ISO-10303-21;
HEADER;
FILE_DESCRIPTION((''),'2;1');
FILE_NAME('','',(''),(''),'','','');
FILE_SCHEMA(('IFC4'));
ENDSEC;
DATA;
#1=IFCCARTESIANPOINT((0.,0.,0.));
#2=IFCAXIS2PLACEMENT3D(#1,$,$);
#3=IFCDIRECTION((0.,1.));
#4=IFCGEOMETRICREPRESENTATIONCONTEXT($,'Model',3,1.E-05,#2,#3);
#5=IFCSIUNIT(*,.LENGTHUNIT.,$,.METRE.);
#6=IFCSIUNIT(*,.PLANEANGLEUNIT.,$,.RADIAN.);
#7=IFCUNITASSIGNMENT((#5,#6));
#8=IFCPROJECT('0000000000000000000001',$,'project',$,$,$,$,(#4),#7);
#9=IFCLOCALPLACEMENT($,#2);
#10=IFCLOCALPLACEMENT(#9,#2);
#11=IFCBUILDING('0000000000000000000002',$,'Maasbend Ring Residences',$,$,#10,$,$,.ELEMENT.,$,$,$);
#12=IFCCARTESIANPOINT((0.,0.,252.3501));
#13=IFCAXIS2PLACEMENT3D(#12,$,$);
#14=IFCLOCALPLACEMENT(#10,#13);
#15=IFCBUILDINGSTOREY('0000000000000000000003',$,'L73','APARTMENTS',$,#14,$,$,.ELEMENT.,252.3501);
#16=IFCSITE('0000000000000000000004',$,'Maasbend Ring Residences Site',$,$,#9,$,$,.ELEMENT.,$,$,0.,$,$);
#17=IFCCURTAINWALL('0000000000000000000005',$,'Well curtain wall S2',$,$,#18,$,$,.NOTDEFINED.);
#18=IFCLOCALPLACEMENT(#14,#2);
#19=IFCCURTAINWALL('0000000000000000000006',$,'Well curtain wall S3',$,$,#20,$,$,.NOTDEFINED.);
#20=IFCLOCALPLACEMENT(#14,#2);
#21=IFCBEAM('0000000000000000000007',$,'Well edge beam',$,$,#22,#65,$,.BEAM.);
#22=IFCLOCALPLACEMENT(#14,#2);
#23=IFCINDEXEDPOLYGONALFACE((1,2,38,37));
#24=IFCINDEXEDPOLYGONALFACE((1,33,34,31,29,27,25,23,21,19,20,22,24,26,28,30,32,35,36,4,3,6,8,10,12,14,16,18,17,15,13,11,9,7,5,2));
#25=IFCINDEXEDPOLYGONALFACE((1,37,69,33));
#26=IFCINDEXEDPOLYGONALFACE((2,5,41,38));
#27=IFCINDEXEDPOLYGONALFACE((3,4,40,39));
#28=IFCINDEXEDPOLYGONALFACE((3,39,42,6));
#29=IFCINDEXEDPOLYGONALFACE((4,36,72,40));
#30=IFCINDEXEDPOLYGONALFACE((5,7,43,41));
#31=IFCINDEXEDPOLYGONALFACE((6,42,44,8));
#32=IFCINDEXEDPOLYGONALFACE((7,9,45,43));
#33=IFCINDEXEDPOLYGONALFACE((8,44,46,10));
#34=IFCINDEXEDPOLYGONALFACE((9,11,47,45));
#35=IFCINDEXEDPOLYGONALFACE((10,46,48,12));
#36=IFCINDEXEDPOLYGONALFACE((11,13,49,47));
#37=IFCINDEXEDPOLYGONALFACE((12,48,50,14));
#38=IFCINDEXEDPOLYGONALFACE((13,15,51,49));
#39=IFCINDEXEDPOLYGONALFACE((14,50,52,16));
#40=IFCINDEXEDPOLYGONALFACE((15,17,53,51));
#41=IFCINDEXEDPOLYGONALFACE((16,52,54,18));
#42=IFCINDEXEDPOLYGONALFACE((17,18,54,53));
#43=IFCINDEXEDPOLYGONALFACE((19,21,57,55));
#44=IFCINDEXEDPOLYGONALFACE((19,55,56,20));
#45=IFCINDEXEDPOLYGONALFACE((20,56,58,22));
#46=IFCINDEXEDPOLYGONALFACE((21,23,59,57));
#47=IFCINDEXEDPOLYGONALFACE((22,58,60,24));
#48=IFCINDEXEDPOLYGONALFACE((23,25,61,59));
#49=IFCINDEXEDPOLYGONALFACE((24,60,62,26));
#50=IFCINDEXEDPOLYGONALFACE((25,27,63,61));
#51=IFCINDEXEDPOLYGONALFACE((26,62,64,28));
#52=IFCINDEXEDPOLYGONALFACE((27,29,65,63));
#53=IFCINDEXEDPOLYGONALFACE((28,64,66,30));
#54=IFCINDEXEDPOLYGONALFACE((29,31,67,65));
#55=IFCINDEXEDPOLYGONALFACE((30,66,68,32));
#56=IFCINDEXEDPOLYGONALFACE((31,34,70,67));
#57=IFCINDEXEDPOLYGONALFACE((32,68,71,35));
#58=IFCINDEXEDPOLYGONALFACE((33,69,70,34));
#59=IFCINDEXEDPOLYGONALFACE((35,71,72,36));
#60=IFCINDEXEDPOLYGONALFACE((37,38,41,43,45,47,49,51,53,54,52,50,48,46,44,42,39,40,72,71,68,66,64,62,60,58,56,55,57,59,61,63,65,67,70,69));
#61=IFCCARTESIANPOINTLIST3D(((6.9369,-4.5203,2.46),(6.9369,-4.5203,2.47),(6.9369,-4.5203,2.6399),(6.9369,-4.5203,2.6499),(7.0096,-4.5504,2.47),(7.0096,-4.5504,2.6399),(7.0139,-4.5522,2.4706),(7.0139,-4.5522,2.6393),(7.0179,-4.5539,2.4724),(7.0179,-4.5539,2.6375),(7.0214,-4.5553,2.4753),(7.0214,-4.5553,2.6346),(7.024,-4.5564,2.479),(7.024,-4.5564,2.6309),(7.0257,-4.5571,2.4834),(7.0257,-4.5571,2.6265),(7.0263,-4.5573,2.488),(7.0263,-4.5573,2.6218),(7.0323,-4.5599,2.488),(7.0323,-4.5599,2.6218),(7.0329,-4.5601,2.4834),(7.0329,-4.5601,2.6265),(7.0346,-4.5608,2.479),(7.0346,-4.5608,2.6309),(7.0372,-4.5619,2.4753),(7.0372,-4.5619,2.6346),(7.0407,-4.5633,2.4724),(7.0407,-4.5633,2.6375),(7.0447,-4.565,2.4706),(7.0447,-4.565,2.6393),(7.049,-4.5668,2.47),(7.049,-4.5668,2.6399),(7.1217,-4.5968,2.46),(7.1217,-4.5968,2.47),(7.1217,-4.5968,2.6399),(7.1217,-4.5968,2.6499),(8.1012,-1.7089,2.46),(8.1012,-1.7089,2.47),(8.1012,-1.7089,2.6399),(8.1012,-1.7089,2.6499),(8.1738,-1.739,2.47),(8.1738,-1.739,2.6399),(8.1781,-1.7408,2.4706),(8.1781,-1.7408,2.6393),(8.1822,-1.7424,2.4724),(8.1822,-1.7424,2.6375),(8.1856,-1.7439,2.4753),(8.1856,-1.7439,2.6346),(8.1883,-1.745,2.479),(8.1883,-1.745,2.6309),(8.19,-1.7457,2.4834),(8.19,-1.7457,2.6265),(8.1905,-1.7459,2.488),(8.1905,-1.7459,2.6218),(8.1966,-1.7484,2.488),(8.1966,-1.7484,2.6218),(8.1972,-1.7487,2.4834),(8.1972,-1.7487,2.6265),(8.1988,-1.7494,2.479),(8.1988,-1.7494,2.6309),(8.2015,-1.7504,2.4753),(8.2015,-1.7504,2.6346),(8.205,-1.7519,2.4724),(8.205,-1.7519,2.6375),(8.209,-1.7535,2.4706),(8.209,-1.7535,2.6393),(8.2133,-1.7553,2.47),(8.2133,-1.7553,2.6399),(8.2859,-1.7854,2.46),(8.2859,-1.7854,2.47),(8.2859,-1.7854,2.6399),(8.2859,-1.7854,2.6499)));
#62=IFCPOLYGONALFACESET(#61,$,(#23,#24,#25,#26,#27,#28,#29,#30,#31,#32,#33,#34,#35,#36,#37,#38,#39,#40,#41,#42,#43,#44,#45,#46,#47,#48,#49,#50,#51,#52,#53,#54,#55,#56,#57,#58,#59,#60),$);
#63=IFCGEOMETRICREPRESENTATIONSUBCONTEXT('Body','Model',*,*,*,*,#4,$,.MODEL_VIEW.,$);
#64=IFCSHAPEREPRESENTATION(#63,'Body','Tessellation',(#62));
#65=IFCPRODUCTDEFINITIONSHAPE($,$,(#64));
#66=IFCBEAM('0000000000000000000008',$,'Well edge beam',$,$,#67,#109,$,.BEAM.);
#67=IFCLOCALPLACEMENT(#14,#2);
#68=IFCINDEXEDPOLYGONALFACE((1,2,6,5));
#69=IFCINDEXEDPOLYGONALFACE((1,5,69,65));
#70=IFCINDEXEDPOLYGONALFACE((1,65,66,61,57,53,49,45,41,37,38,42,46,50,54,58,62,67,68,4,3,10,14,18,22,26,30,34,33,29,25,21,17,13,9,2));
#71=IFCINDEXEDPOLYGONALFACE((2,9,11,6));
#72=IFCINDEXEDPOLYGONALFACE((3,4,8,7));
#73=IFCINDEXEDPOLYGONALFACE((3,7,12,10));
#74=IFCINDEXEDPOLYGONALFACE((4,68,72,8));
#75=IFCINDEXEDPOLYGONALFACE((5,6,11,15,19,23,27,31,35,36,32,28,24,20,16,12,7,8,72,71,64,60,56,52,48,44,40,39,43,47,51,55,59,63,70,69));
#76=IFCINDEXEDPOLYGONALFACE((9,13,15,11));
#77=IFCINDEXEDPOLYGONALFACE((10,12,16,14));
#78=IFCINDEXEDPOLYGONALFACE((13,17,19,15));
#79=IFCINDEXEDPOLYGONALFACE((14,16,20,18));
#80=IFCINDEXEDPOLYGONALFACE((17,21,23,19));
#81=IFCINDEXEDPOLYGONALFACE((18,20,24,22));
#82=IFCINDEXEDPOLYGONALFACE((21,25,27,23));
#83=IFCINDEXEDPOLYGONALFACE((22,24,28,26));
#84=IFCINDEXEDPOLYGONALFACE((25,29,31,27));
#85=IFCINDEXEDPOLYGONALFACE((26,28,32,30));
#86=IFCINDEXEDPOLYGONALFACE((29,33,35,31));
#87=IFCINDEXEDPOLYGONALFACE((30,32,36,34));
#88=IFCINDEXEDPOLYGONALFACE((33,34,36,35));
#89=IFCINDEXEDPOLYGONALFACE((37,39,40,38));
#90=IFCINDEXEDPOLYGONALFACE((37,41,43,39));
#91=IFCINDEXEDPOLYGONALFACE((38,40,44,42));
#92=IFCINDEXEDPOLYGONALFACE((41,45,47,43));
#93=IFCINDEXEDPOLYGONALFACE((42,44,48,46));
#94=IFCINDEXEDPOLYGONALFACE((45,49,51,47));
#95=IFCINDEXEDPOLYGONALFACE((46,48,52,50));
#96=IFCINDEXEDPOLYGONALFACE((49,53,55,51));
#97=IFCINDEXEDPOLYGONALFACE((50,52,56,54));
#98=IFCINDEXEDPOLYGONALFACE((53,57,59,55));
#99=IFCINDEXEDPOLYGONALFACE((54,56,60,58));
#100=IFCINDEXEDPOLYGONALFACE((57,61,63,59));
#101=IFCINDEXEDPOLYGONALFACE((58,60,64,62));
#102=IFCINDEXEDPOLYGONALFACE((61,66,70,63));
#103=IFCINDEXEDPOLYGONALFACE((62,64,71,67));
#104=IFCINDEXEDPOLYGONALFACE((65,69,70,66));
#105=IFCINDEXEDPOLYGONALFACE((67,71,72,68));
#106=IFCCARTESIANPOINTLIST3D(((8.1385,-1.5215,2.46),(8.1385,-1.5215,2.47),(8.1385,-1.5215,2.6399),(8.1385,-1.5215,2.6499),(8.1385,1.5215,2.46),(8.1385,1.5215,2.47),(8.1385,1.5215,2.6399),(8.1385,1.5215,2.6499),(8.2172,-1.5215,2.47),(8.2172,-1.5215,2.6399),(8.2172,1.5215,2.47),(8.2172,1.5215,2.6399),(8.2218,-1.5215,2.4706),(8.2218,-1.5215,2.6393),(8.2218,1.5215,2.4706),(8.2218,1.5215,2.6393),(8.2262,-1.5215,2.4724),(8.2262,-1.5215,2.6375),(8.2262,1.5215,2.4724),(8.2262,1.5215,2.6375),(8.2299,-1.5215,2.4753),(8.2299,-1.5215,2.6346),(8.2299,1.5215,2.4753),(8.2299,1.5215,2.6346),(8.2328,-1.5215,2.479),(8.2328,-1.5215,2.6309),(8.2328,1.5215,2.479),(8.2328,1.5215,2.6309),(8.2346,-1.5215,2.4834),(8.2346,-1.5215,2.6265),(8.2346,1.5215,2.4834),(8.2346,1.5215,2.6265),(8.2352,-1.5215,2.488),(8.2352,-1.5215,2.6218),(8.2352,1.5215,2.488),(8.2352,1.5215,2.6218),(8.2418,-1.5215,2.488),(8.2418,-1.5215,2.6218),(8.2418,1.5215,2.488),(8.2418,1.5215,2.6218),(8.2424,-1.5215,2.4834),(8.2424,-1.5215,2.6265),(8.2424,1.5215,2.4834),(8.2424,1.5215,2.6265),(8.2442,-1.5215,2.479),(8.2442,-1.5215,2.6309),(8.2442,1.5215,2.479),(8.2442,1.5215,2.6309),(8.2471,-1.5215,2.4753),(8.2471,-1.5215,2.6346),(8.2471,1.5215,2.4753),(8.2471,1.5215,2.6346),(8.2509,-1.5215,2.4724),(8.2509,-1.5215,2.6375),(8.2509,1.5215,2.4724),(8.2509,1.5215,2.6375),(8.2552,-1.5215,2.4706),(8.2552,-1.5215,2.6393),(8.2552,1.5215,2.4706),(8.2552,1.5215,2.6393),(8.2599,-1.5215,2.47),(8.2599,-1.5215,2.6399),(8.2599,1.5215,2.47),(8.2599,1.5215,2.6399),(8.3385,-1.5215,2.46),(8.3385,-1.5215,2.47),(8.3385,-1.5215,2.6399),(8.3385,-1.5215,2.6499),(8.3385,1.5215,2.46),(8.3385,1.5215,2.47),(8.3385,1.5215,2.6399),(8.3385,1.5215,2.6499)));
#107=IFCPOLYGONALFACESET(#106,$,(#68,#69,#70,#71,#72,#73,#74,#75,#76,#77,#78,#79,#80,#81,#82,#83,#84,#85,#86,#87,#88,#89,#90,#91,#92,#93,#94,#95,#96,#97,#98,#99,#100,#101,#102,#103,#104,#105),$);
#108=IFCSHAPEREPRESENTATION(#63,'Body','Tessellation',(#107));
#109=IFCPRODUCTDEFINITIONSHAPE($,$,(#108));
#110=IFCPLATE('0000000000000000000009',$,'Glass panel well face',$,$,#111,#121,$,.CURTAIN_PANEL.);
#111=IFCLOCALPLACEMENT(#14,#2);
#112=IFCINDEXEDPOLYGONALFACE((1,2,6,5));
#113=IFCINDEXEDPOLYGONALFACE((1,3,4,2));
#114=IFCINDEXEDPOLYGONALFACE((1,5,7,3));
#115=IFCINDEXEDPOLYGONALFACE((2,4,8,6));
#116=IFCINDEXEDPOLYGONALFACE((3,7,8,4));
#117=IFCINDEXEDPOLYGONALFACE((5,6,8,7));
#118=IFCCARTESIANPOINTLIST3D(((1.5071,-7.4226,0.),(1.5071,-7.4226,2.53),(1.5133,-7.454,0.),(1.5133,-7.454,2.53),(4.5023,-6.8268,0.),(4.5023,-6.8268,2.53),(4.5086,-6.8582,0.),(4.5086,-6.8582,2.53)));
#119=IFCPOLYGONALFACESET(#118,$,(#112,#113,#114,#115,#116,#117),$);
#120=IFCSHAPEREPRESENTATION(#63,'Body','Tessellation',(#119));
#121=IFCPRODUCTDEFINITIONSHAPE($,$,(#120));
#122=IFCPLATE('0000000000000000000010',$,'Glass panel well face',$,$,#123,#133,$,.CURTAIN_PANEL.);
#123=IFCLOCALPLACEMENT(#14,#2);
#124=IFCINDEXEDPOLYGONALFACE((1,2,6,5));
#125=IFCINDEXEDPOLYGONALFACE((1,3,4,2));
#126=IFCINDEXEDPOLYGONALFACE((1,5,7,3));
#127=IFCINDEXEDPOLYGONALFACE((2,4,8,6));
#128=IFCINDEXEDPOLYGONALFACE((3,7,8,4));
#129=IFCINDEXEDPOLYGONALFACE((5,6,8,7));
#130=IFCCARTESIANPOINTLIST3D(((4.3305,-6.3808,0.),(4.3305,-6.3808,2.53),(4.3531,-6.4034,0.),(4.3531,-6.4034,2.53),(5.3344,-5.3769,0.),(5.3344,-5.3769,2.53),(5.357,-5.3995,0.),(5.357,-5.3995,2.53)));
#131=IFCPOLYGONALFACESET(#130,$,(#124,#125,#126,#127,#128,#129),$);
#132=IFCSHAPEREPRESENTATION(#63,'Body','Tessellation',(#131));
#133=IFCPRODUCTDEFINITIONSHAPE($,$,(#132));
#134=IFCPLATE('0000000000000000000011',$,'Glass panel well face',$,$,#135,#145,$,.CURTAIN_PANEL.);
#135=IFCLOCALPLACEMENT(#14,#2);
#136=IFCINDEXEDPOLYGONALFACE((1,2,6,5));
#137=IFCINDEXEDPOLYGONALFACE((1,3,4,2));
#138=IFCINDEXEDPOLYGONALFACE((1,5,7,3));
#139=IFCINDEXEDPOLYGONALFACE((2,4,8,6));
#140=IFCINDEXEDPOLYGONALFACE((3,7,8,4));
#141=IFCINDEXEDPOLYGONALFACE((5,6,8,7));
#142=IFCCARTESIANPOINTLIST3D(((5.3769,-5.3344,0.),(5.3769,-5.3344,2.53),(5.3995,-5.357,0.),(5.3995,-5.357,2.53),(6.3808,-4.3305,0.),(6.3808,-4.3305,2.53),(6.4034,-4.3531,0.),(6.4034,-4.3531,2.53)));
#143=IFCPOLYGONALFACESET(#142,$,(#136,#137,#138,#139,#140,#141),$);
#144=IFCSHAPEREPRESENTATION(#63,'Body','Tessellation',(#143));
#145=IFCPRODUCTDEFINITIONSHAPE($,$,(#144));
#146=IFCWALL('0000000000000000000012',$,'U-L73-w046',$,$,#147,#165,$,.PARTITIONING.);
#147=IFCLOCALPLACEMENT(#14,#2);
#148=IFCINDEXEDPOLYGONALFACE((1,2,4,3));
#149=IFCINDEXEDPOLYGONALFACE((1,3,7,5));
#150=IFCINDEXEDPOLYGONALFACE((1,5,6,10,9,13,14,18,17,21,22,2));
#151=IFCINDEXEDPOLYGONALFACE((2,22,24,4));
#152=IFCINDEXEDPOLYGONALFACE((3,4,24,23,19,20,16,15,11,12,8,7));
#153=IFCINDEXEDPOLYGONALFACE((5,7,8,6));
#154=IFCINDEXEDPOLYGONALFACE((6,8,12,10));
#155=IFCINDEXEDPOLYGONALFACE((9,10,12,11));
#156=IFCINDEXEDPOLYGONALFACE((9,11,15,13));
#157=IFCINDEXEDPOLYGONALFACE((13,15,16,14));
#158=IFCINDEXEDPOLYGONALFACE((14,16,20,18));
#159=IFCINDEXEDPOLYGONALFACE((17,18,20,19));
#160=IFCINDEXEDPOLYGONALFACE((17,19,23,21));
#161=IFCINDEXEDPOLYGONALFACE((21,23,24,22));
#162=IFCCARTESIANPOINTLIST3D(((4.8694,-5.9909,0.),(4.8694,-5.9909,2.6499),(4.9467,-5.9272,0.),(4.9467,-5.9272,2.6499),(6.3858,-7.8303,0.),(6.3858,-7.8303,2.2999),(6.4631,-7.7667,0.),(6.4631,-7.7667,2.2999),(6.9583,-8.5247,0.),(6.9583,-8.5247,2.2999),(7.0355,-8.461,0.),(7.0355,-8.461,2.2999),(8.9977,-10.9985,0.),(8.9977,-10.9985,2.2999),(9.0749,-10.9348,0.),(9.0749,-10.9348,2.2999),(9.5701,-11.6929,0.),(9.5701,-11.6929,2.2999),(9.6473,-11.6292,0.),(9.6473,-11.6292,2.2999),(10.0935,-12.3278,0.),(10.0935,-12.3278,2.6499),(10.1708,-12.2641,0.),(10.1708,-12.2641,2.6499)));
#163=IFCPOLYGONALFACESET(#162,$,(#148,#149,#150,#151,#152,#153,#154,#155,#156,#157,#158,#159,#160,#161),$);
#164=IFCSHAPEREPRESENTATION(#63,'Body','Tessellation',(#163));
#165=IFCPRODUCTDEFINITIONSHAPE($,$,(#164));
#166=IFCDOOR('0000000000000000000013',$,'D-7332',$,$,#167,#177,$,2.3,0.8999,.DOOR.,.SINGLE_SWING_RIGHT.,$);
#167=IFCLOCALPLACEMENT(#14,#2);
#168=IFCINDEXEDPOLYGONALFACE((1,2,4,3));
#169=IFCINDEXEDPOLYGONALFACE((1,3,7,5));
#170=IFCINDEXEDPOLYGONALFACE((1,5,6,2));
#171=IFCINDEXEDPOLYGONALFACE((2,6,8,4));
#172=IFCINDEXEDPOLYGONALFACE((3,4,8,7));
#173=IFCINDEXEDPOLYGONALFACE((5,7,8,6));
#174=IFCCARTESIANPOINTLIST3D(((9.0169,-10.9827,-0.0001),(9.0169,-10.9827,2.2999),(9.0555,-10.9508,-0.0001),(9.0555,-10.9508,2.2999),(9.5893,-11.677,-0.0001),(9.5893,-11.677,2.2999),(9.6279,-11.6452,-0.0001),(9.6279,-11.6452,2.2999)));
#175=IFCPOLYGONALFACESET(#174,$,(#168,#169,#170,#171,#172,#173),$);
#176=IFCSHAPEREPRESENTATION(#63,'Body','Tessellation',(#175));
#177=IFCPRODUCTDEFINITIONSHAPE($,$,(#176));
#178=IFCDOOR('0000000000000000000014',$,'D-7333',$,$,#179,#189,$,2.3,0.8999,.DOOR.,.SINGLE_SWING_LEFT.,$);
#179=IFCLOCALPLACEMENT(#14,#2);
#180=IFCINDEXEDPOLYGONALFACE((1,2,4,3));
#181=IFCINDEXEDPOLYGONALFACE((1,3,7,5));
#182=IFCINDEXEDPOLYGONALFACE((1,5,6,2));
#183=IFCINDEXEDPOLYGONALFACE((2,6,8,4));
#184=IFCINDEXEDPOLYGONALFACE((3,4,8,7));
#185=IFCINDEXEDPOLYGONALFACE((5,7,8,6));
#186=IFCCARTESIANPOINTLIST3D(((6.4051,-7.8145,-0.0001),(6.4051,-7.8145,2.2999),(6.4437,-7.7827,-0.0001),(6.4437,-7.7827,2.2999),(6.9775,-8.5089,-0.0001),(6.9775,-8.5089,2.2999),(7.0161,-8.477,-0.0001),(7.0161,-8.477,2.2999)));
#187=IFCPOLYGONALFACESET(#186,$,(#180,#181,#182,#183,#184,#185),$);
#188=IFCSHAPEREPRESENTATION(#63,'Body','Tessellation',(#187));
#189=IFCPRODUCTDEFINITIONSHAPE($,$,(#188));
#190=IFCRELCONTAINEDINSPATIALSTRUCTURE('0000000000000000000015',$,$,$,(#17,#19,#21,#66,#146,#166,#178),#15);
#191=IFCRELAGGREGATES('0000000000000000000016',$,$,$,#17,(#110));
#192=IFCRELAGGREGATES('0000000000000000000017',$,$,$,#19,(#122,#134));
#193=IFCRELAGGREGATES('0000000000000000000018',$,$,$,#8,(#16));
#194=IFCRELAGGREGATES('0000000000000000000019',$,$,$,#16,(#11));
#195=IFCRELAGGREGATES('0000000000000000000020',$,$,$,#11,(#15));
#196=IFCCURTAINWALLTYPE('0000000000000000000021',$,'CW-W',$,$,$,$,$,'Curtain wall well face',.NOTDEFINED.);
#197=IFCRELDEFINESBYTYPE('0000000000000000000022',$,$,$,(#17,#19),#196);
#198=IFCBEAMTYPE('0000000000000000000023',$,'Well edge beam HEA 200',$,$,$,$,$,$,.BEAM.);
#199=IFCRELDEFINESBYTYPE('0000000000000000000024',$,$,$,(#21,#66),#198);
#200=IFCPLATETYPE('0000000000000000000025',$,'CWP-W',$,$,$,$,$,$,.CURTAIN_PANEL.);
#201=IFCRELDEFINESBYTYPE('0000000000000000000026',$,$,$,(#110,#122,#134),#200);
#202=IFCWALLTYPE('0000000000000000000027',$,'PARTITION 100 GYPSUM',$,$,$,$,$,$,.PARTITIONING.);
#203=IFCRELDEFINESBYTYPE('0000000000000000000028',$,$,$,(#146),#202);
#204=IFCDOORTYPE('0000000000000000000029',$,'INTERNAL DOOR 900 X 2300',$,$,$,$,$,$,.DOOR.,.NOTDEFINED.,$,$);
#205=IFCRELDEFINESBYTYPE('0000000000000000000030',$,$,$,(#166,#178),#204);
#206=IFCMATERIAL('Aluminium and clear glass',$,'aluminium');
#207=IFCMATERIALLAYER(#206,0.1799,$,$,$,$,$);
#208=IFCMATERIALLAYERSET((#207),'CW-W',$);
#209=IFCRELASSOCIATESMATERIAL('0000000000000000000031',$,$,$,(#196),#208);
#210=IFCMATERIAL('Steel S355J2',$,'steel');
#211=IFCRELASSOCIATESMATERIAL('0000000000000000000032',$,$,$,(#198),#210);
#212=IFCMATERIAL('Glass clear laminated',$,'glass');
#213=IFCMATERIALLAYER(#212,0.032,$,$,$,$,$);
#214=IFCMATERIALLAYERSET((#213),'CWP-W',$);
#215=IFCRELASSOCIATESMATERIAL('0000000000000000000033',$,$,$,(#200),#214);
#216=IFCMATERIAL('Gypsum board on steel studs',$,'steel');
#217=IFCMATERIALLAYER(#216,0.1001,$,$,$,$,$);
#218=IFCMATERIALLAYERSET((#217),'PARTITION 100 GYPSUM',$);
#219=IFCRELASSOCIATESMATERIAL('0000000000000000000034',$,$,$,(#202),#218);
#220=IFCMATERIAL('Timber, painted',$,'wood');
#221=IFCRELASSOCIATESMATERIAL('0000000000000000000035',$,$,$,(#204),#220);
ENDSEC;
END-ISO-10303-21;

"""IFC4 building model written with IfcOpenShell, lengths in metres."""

from ifc_helpers import new_model, si_unit, direction, frame, frame_2d, origin, origin_2d, place, context, subcontext, project, spatial, rectangle, i_section, extrude, material, layer, layer_set, material_profile, profile_set, type_object, element, fill, aggregate, save


model = new_model("IFC4")

# Units and contexts
model_context = context("Model", 3, precision=1e-05, world=origin(), true_north=direction((0.0, 1.0)))
body_context = subcontext(model_context, "Body", "Model", "MODEL_VIEW")
ifc_project = project(units=[si_unit("LENGTHUNIT", "METRE"), si_unit("PLANEANGLEUNIT", "RADIAN")], contexts=[model_context])

# Site, building, storey
site_placement = place(None, origin())
site = spatial("IfcSite", under=ifc_project, at=site_placement, Name="Maasbend Ring Residences Site", CompositionType="ELEMENT", RefElevation=0.0)
building_placement = place(site_placement, origin())
building = spatial("IfcBuilding", under=site, at=building_placement, Name="Maasbend Ring Residences", CompositionType="ELEMENT")
storey_placement = place(building_placement, frame((0.0, 0.0, 252.3501)))
storey = spatial("IfcBuildingStorey", under=building, at=storey_placement, Name="L73", Description="APARTMENTS", CompositionType="ELEMENT", Elevation=252.3501)

# Curtain wall
ifc_material_1 = material(Name="Aluminium and clear glass", Category="aluminium")
ifc_layer_1 = layer(ifc_material_1, 0.1799)
ifc_layer_set_1 = layer_set([ifc_layer_1], Name="CW-W")
curtain_wall_type = type_object("IfcCurtainWallType", Name="CW-W", ElementType="Curtain wall well face", PredefinedType="NOTDEFINED", material=ifc_layer_set_1)
curtain_wall_1_placement = place(storey_placement, origin())
curtain_wall_1 = element("IfcCurtainWall", 1, at=curtain_wall_1_placement, inside=storey, type_object=curtain_wall_type, Name="Well curtain wall S2", PredefinedType="NOTDEFINED")

# Curtain wall
curtain_wall_2_placement = place(storey_placement, origin())
curtain_wall_2 = element("IfcCurtainWall", 2, at=curtain_wall_2_placement, inside=storey, type_object=curtain_wall_type, Name="Well curtain wall S3", PredefinedType="NOTDEFINED")

# Beams
ifc_material_2 = material(Name="Steel S355J2", Category="steel")
ifc_material_profile_1 = material_profile(ifc_material_2, i_section(OverallWidth=0.2, OverallDepth=0.1899, WebThickness=0.0066, FlangeThickness=0.01, FilletRadius=0.0181, at=origin_2d()), Name="HEA 200")
ifc_profile_set_1 = profile_set([ifc_material_profile_1], Name="Steel S355J2")
beam_type = type_object("IfcBeamType", Name="Well edge beam HEA 200", PredefinedType="BEAM", material=ifc_profile_set_1)
for number, where, z_axis, x_axis, name in (
    (3, (7.0293, -4.5586, 2.5549), (0.382609, 0.92391, 0.0), (-0.92391, 0.382609, 0.0), "Well edge beam"),
    (4, (8.2385, -1.5215, 2.5549), (0.0, 1.0, 0.0), (-1.0, 0.0, 0.0), "Well edge beam"),
):
    element("IfcBeam", number, at=place(storey_placement, frame(where, z_axis=z_axis, x_axis=x_axis)), inside=storey, type_object=beam_type, Name=name, PredefinedType="BEAM", context=body_context, shape_type="SweptSolid", body=[
        extrude(i_section(OverallWidth=0.2, OverallDepth=0.1899, WebThickness=0.0066, FlangeThickness=0.01, FilletRadius=0.0181, at=origin_2d()), origin(), (0.0, 0.0, 1.0), 3.043),
    ])

# Plates
ifc_material_3 = material(Name="Glass clear laminated", Category="glass")
ifc_layer_2 = layer(ifc_material_3, 0.032)
ifc_layer_set_2 = layer_set([ifc_layer_2], Name="CWP-W")
plate_type = type_object("IfcPlateType", Name="CWP-W", PredefinedType="CURTAIN_PANEL", material=ifc_layer_set_2)
plate_1_placement = place(storey_placement, frame((3.0078, -7.1404, 0.0), z_axis=(0.0, 0.0, 1.0), x_axis=(0.980785, 0.19509, 0.0)))
plate_1 = element("IfcPlate", 5, at=plate_1_placement, type_object=plate_type, Name="Glass panel well face", PredefinedType="CURTAIN_PANEL", context=body_context, shape_type="SweptSolid", body=[
    extrude(rectangle(XDim=3.054, YDim=0.032, at=origin_2d()), origin(), (0.0, 0.0, 1.0), 2.53),
])
aggregate(curtain_wall_1, [plate_1])
plate_2_placement = place(storey_placement, frame((4.8438, -5.8901, 0.0), z_axis=(0.0, 0.0, 1.0), x_axis=(0.707107, 0.707107, 0.0)))
plate_2 = element("IfcPlate", 6, at=plate_2_placement, type_object=plate_type, Name="Glass panel well face", PredefinedType="CURTAIN_PANEL", context=body_context, shape_type="SweptSolid", body=[
    extrude(rectangle(XDim=1.4197, YDim=0.032, at=origin_2d()), origin(), (0.0, 0.0, 1.0), 2.53),
])
plate_3_placement = place(storey_placement, frame((5.8901, -4.8438, 0.0), z_axis=(0.0, 0.0, 1.0), x_axis=(0.707107, 0.707107, 0.0)))
plate_3 = element("IfcPlate", 7, at=plate_3_placement, type_object=plate_type, Name="Glass panel well face", PredefinedType="CURTAIN_PANEL", context=body_context, shape_type="SweptSolid", body=[
    extrude(rectangle(XDim=1.4197, YDim=0.032, at=origin_2d()), origin(), (0.0, 0.0, 1.0), 2.53),
])
aggregate(curtain_wall_2, [plate_2, plate_3])

# Wall, openings, doors
ifc_material_4 = material(Name="Gypsum board on steel studs", Category="steel")
ifc_layer_3 = layer(ifc_material_4, 0.1001)
ifc_layer_set_3 = layer_set([ifc_layer_3], Name="PARTITION 100 GYPSUM")
wall_type_1 = type_object("IfcWallType", Name="PARTITION 100 GYPSUM", PredefinedType="PARTITIONING", material=ifc_layer_set_3)
wall_1_placement = place(storey_placement, frame((4.908, -5.959, 0.0), z_axis=(0.0, 0.0, 1.0), x_axis=(0.636105, -0.771602, 0.0)))
wall_1 = element("IfcWall", 8, at=wall_1_placement, inside=storey, type_object=wall_type_1, Name="U-L73-w046", PredefinedType="PARTITIONING", context=body_context, shape_type="SweptSolid", body=[
    extrude(rectangle(XDim=8.2126, YDim=0.1001, at=frame_2d((4.1064, 0.0))), origin(), (0.0, 0.0, 1.0), 2.6499),
])
opening_1_placement = place(wall_1_placement, frame((6.49, 0.0, 0.0)))
opening_1 = element("IfcOpeningElement", 9, at=opening_1_placement, cuts=wall_1, PredefinedType="OPENING", context=body_context, shape_type="SweptSolid", body=[
    extrude(rectangle(XDim=0.8999, YDim=2.3, at=frame_2d((0.45, 1.1499))), frame((0.0, 0.0601, 0.0), z_axis=(0.0, -1.0, 0.0), x_axis=(1.0, 0.0, 0.0)), (0.0, 0.0, 1.0), 0.1201),
])
opening_2_placement = place(wall_1_placement, frame((2.384, 0.0, 0.0)))
opening_2 = element("IfcOpeningElement", 10, at=opening_2_placement, cuts=wall_1, PredefinedType="OPENING", context=body_context, shape_type="SweptSolid", body=[
    extrude(rectangle(XDim=0.8999, YDim=2.3, at=frame_2d((0.45, 1.1499))), frame((0.0, 0.0601, 0.0), z_axis=(0.0, -1.0, 0.0), x_axis=(1.0, 0.0, 0.0)), (0.0, 0.0, 1.0), 0.1201),
])
ifc_material_5 = material(Name="Timber, painted", Category="wood")
door_type = type_object("IfcDoorType", Name="INTERNAL DOOR 900 X 2300", OperationType="NOTDEFINED", PredefinedType="DOOR", material=ifc_material_5)
door_1_placement = place(opening_1_placement, origin())
door_1 = element("IfcDoor", 11, at=door_1_placement, inside=storey, type_object=door_type, Name="D-7332", OperationType="SINGLE_SWING_RIGHT", OverallHeight=2.3, OverallWidth=0.8999, PredefinedType="DOOR", context=body_context, shape_type="SweptSolid", body=[
    extrude(rectangle(XDim=0.8999, YDim=2.3, at=frame_2d((0.45, 1.1499))), frame((0.0, 0.0249, 0.0), z_axis=(0.0, -1.0, 0.0), x_axis=(1.0, 0.0, 0.0)), (0.0, 0.0, 1.0), 0.05),
])
fill(opening_1, door_1)
door_2_placement = place(opening_2_placement, origin())
door_2 = element("IfcDoor", 12, at=door_2_placement, inside=storey, type_object=door_type, Name="D-7333", OperationType="SINGLE_SWING_LEFT", OverallHeight=2.3, OverallWidth=0.8999, PredefinedType="DOOR", context=body_context, shape_type="SweptSolid", body=[
    extrude(rectangle(XDim=0.8999, YDim=2.3, at=frame_2d((0.45, 1.1499))), frame((0.0, 0.0249, 0.0), z_axis=(0.0, -1.0, 0.0), x_axis=(1.0, 0.0, 0.0)), (0.0, 0.0, 1.0), 0.05),
])
fill(opening_2, door_2)

save(model, "model.ifc")
